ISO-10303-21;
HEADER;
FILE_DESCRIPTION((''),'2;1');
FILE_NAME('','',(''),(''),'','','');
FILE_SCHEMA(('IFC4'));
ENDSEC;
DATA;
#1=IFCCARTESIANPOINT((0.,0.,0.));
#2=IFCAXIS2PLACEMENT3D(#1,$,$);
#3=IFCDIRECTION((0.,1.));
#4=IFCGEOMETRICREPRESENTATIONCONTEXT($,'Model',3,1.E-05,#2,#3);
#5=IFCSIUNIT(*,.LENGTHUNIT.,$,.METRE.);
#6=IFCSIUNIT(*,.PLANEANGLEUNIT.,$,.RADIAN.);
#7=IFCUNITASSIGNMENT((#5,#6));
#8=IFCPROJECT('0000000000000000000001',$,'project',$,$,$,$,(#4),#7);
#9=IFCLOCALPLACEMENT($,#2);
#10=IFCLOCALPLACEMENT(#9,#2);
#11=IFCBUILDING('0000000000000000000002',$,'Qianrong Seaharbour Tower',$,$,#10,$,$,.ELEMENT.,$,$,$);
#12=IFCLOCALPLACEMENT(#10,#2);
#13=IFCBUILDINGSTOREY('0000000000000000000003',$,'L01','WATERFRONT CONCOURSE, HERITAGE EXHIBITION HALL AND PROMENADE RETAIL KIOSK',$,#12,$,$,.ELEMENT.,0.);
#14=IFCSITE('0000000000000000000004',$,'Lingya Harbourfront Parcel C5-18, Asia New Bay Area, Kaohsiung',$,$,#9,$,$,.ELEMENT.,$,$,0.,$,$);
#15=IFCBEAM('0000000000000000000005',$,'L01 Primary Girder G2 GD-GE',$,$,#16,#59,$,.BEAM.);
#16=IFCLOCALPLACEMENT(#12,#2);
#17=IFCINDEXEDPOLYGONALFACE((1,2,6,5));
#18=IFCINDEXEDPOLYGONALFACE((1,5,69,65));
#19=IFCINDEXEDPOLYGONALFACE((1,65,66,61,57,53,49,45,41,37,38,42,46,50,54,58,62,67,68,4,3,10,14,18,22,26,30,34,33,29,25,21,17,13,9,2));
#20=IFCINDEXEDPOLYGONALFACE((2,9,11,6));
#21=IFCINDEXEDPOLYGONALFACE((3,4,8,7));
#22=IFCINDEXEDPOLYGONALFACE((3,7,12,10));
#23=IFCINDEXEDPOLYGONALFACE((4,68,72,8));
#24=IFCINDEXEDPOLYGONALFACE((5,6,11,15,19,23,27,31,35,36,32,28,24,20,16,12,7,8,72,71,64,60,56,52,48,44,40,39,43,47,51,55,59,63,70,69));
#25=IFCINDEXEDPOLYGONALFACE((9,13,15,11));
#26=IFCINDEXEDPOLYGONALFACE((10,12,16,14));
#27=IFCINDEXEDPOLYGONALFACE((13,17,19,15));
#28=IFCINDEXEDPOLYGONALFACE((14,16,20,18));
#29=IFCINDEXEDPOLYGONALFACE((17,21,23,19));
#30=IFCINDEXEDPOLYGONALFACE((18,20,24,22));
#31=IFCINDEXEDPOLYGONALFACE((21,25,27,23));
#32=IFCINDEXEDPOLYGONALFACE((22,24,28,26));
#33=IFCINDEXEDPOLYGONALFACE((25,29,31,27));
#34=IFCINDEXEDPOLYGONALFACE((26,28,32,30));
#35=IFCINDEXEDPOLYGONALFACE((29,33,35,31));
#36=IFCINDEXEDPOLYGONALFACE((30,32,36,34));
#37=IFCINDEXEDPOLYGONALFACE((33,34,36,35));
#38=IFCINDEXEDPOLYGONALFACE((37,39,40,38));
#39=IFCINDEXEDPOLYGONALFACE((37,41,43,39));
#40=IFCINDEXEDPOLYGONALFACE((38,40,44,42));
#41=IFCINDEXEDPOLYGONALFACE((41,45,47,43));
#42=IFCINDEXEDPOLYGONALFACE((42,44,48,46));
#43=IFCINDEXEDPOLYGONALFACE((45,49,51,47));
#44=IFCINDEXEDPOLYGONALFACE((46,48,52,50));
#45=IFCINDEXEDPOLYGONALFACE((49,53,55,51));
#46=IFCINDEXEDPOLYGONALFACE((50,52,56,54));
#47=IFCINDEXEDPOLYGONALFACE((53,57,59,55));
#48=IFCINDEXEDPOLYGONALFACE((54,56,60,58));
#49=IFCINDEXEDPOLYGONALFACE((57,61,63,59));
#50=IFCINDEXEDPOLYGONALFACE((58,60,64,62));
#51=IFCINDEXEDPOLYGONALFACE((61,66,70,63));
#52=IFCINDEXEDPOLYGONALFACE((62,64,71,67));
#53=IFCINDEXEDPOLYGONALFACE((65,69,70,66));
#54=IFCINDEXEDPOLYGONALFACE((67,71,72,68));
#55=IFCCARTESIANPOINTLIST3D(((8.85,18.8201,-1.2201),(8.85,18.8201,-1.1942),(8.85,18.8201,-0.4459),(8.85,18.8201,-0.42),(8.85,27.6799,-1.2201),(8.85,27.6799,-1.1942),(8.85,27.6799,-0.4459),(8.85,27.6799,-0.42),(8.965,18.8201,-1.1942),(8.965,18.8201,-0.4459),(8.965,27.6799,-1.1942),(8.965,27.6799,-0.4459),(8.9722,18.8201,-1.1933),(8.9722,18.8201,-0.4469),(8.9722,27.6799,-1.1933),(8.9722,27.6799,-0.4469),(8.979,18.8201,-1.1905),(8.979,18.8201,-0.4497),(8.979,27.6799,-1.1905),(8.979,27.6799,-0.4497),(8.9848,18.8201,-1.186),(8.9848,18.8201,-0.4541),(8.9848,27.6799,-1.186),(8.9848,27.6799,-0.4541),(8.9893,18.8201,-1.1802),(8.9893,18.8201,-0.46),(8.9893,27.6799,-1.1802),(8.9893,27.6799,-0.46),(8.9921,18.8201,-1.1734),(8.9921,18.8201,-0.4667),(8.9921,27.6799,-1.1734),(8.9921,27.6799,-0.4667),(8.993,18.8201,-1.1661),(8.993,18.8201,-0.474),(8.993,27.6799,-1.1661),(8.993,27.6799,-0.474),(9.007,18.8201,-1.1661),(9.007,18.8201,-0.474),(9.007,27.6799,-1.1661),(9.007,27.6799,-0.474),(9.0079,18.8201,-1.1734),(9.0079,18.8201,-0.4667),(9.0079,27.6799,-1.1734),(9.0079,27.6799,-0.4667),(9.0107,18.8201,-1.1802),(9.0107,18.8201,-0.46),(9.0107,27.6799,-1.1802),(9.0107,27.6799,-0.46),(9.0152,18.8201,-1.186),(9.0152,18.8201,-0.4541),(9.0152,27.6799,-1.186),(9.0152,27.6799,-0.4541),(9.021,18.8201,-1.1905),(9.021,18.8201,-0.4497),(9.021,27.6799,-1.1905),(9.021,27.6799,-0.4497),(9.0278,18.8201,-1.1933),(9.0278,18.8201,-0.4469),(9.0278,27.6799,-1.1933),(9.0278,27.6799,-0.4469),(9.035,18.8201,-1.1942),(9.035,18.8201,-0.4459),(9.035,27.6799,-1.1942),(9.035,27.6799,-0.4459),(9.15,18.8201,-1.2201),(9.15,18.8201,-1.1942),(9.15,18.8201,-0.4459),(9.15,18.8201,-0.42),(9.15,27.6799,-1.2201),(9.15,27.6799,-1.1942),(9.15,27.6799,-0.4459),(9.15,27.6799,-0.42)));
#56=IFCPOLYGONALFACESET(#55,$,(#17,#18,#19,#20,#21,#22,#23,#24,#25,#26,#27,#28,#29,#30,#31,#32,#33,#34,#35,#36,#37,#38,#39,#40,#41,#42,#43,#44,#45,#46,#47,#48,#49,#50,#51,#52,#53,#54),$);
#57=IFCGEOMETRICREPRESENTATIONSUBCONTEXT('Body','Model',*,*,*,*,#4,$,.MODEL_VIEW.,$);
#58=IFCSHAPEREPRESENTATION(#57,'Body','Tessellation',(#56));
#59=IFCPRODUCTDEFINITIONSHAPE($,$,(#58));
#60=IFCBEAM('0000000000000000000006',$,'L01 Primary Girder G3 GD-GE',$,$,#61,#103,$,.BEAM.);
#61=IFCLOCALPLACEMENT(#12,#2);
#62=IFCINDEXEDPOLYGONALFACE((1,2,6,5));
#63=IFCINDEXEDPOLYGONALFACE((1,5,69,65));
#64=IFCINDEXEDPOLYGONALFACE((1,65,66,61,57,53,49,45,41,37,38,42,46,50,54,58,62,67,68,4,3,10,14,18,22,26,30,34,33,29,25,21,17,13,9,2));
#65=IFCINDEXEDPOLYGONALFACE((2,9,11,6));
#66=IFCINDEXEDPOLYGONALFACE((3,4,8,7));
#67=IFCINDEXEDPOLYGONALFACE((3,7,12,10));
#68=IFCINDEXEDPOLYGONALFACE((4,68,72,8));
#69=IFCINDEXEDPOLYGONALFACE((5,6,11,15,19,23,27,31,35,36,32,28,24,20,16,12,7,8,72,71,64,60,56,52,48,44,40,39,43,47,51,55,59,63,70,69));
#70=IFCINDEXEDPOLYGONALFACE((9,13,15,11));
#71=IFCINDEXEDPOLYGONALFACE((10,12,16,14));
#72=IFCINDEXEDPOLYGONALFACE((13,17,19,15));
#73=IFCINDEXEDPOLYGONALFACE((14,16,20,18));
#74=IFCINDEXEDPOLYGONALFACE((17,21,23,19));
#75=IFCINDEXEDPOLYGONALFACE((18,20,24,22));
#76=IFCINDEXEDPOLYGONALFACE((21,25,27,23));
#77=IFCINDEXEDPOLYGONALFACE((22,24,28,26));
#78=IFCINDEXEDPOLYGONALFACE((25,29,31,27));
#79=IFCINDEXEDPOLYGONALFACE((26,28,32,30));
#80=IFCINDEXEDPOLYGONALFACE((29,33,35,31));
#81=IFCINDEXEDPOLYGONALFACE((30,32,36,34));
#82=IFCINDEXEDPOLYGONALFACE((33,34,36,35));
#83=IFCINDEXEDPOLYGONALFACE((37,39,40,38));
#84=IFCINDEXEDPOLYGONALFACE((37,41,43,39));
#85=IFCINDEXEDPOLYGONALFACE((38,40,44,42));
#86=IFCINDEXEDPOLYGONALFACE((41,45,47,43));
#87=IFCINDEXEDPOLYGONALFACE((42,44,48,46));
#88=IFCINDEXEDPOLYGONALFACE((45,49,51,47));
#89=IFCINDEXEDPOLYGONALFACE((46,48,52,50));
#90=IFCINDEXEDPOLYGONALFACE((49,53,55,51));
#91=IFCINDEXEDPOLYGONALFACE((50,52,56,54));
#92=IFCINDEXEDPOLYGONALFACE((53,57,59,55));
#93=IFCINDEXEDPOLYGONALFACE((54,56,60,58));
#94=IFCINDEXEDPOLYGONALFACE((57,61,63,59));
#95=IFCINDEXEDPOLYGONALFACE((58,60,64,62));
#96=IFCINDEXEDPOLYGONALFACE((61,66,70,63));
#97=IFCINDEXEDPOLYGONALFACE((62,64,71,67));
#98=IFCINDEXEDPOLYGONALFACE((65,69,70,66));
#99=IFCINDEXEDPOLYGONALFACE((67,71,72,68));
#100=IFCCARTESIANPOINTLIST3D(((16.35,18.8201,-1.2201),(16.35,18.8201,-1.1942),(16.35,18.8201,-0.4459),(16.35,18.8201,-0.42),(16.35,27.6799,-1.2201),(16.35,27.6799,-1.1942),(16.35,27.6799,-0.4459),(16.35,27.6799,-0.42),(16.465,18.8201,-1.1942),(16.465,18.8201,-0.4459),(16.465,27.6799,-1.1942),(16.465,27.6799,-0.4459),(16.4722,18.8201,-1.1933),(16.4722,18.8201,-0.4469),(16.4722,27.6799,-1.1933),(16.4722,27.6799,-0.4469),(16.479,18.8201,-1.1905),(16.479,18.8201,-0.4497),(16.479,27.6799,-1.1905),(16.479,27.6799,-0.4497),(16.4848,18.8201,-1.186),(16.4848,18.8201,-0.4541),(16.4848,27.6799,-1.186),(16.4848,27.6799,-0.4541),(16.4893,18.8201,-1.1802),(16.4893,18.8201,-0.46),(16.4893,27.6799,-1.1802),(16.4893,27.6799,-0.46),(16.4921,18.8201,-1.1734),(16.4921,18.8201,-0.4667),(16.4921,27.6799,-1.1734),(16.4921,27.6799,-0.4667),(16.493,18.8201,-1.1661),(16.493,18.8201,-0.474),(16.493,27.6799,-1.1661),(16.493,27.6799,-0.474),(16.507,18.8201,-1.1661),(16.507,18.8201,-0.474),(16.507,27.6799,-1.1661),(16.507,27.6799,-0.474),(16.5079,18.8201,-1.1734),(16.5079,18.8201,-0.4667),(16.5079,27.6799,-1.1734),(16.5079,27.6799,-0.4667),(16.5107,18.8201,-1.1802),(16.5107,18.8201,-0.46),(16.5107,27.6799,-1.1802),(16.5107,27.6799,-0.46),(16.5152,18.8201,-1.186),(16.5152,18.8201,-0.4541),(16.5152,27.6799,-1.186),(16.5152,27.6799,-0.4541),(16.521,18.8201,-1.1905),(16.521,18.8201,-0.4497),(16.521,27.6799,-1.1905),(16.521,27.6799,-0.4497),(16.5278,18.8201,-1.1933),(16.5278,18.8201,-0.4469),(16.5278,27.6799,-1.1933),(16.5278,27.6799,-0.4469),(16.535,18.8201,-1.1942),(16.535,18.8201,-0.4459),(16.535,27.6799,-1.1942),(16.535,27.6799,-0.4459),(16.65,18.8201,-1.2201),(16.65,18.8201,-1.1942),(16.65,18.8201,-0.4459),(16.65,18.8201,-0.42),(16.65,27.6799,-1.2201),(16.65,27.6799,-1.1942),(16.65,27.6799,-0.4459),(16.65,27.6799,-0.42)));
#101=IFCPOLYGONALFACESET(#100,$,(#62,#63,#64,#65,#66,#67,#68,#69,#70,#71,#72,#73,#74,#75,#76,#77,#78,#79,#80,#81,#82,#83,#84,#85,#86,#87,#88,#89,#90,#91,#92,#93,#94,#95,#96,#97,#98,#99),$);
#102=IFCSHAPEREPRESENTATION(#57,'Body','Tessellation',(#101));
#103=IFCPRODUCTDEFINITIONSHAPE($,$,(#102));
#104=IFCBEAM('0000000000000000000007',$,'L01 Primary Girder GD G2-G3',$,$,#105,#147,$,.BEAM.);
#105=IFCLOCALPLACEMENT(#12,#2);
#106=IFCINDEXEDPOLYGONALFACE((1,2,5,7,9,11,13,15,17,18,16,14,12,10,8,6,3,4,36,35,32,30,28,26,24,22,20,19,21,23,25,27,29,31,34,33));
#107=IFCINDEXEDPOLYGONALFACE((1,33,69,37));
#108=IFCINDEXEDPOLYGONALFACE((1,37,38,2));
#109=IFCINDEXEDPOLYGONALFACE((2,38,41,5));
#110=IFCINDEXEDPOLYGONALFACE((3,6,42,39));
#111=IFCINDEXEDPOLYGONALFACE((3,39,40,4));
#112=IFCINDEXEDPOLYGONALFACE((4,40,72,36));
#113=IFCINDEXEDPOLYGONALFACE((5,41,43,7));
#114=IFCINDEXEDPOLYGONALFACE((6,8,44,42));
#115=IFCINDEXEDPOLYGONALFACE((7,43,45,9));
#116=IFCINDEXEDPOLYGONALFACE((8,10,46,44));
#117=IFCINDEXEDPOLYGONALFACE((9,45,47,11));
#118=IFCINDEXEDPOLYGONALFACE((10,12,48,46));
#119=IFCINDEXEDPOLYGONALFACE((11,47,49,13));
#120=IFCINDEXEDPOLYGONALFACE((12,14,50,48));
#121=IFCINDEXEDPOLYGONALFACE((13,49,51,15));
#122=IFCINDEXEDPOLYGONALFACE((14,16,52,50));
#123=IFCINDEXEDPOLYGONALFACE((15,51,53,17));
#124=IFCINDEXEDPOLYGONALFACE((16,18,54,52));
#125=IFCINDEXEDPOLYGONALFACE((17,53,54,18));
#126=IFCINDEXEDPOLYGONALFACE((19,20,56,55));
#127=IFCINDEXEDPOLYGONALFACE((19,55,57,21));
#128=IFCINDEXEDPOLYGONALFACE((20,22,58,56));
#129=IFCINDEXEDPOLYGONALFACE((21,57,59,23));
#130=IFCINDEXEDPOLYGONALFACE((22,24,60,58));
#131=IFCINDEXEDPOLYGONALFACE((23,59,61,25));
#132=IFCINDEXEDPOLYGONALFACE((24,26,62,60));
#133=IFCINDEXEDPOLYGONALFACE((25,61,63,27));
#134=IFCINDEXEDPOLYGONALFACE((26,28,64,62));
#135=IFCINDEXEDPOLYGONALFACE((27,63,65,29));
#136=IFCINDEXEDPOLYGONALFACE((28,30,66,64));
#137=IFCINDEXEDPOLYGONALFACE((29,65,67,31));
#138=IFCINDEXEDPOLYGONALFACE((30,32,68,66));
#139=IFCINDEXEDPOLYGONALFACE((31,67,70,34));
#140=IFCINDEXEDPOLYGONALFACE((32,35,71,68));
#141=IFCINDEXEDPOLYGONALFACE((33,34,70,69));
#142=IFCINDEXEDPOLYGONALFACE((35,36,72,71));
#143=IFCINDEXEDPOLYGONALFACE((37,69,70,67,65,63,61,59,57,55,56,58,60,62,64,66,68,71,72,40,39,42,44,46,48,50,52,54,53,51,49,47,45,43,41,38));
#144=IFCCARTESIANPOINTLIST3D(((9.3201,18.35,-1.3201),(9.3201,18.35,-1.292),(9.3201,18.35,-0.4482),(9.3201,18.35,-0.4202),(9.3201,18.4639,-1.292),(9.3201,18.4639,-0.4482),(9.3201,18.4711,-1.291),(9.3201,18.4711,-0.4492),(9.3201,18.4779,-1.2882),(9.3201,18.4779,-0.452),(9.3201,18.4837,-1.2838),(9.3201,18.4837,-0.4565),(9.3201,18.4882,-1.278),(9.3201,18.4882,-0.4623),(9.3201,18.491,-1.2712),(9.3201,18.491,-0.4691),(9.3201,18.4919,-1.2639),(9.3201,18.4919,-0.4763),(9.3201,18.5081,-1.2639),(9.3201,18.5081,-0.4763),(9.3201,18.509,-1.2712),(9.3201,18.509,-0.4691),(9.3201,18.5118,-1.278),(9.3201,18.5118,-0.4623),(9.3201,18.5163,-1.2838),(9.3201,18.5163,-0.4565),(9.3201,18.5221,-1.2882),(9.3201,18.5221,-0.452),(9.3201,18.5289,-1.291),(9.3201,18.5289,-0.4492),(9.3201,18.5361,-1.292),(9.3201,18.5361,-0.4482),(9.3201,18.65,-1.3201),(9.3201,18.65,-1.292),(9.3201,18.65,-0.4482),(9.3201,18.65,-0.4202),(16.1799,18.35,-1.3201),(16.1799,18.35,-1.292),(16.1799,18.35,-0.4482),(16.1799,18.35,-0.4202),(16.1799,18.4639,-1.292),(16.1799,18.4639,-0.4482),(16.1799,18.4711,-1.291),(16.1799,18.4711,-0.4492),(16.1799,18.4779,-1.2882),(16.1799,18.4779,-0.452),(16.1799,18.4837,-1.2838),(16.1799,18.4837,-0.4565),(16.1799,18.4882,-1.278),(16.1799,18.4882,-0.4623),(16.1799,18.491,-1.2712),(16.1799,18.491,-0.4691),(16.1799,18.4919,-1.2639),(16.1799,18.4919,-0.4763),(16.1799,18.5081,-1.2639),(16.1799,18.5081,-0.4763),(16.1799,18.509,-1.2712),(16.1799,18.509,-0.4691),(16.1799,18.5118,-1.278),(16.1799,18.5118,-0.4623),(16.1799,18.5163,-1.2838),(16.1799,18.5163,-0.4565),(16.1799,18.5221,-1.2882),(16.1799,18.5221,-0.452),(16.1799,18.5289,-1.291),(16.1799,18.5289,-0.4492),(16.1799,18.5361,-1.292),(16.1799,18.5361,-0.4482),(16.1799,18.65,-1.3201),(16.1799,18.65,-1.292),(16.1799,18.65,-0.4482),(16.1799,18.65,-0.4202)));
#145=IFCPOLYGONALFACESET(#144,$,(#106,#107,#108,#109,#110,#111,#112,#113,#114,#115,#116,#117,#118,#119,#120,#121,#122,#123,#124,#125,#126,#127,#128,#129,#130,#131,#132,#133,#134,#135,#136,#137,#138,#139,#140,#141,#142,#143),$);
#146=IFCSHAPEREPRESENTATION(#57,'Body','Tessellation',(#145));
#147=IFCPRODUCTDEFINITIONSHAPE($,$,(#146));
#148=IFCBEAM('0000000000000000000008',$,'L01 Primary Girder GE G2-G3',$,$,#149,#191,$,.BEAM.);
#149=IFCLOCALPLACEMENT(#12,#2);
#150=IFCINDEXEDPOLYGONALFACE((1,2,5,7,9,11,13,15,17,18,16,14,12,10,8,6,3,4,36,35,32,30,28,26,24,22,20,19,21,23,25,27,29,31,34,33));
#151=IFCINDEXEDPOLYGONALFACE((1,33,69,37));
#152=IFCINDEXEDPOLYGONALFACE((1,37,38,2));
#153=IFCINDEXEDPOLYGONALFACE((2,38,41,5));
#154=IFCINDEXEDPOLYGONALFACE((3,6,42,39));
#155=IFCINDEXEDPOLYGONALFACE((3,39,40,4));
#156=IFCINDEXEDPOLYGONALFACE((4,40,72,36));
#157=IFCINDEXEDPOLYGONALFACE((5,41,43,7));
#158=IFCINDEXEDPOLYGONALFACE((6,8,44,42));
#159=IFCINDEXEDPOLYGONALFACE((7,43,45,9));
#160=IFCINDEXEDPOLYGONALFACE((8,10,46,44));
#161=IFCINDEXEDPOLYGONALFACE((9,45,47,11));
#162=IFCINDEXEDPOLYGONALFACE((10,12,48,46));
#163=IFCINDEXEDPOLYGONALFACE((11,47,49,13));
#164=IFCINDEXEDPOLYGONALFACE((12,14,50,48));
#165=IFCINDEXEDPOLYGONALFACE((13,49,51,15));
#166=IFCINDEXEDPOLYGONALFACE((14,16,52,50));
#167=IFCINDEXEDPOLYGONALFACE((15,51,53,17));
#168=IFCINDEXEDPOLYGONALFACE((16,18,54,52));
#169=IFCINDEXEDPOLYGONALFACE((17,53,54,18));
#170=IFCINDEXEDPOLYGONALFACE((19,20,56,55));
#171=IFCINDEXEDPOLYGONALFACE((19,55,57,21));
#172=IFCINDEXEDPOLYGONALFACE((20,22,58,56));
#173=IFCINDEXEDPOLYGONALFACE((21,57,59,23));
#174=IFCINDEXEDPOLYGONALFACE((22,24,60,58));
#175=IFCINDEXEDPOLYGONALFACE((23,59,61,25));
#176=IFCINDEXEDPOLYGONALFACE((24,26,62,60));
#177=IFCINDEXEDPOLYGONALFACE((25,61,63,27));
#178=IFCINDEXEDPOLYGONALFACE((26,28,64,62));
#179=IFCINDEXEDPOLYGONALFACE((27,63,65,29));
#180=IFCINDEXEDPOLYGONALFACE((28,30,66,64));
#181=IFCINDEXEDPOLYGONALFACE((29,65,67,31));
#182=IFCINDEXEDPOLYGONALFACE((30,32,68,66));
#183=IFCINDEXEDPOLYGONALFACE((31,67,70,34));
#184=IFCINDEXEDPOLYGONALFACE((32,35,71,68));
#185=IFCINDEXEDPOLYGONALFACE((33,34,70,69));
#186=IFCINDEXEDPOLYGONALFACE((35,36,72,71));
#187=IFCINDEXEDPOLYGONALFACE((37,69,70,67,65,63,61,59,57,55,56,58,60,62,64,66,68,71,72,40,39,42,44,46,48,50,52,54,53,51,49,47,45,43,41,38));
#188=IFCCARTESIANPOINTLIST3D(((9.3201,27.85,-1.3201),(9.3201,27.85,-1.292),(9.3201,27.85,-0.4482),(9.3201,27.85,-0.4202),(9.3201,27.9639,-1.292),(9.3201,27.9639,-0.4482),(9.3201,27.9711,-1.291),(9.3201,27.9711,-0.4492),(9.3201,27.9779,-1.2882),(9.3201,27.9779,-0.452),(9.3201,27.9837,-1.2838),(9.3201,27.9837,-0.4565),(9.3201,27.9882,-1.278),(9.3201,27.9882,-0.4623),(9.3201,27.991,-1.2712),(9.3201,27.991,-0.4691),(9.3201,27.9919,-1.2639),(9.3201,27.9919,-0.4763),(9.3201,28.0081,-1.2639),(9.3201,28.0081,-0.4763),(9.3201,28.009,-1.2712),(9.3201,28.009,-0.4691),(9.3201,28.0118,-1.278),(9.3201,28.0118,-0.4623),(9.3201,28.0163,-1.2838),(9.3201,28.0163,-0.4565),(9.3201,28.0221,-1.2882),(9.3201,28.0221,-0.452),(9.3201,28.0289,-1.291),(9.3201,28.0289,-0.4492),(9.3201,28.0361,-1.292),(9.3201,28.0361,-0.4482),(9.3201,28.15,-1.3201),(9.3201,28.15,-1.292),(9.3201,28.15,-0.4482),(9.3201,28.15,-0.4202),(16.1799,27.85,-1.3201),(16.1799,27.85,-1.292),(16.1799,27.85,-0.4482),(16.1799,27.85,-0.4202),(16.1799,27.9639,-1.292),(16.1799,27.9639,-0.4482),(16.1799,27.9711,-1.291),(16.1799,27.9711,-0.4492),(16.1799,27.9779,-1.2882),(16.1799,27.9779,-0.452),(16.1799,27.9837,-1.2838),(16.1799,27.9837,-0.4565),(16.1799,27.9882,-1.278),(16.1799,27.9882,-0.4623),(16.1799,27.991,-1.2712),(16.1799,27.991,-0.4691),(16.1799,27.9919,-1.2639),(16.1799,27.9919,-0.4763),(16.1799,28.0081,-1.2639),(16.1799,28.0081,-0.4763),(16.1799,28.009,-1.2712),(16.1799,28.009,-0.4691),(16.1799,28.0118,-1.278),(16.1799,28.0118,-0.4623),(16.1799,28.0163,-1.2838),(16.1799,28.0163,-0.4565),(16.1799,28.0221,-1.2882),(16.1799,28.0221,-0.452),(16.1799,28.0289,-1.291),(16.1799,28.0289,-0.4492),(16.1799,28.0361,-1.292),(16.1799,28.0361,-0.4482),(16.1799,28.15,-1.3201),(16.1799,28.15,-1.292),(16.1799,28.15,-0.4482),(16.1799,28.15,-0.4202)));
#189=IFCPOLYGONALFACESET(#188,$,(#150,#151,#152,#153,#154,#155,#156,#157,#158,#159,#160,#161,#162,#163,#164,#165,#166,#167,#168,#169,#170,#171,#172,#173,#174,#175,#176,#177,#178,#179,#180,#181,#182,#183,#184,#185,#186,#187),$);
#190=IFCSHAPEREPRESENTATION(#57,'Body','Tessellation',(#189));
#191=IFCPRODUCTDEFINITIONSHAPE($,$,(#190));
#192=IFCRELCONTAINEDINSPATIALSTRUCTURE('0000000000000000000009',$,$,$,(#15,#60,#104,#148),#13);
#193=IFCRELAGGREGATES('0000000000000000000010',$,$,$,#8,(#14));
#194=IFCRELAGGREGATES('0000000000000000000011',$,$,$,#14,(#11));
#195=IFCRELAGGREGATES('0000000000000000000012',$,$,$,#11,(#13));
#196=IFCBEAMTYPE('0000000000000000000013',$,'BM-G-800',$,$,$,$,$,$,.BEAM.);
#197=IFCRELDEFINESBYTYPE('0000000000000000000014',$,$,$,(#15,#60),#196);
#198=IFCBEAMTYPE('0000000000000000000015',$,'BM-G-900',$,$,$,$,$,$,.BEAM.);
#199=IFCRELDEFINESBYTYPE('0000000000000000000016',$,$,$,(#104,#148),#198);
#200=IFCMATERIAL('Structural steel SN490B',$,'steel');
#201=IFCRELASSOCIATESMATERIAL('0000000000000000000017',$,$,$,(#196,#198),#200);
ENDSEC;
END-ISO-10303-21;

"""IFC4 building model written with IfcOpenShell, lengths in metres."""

from ifc_helpers import new_model, si_unit, direction, frame, origin, origin_2d, place, context, subcontext, project, spatial, i_section, extrude, material, material_profile, profile_set, type_object, element, save


model = new_model("IFC4")

# Units and contexts
model_context = context("Model", 3, precision=1e-05, world=origin(), true_north=direction((0.0, 1.0)))
body_context = subcontext(model_context, "Body", "Model", "MODEL_VIEW")
ifc_project = project(units=[si_unit("LENGTHUNIT", "METRE"), si_unit("PLANEANGLEUNIT", "RADIAN")], contexts=[model_context])

# Site, building, storey
site_placement = place(None, origin())
site = spatial("IfcSite", under=ifc_project, at=site_placement, Name="Lingya Harbourfront Parcel C5-18, Asia New Bay Area, Kaohsiung", CompositionType="ELEMENT", RefElevation=0.0)
building_placement = place(site_placement, origin())
building = spatial("IfcBuilding", under=site, at=building_placement, Name="Qianrong Seaharbour Tower", CompositionType="ELEMENT")
storey_placement = place(building_placement, origin())
storey = spatial("IfcBuildingStorey", under=building, at=storey_placement, Name="L01", Description="WATERFRONT CONCOURSE, HERITAGE EXHIBITION HALL AND PROMENADE RETAIL KIOSK", CompositionType="ELEMENT", Elevation=0.0)

# Shared definitions
ifc_material_1 = material(Name="Structural steel SN490B", Category="steel")

# Beams
ifc_material_profile_1 = material_profile(ifc_material_1, i_section(OverallWidth=0.3, OverallDepth=0.8, WebThickness=0.0139, FlangeThickness=0.0259, FilletRadius=0.0281, at=origin_2d()), Name="H800x300x14x26")
ifc_profile_set_1 = profile_set([ifc_material_profile_1], Name="Structural steel SN490B")
beam_type_1 = type_object("IfcBeamType", Name="BM-G-800", PredefinedType="BEAM", material=ifc_profile_set_1)
for number, where, z_axis, x_axis, name in (
    (1, (9.0, 18.8201, -0.8201), (0.0, 1.0, 0.0), (-1.0, 0.0, 0.0), "L01 Primary Girder G2 GD-GE"),
    (2, (16.5, 18.8201, -0.8201), (0.0, 1.0, 0.0), (-1.0, 0.0, 0.0), "L01 Primary Girder G3 GD-GE"),
):
    element("IfcBeam", number, at=place(storey_placement, frame(where, z_axis=z_axis, x_axis=x_axis)), inside=storey, type_object=beam_type_1, Name=name, PredefinedType="BEAM", context=body_context, shape_type="SweptSolid", body=[
        extrude(i_section(OverallWidth=0.3, OverallDepth=0.8, WebThickness=0.0139, FlangeThickness=0.0259, FilletRadius=0.0281, at=origin_2d()), origin(), (0.0, 0.0, 1.0), 8.8599),
    ])
ifc_material_profile_2 = material_profile(ifc_material_1, i_section(OverallWidth=0.3, OverallDepth=0.8999, WebThickness=0.0161, FlangeThickness=0.0281, FilletRadius=0.0281, at=origin_2d()), Name="H900x300x16x28")
ifc_profile_set_2 = profile_set([ifc_material_profile_2], Name="Structural steel SN490B")
beam_type_2 = type_object("IfcBeamType", Name="BM-G-900", PredefinedType="BEAM", material=ifc_profile_set_2)
for number, where, z_axis, x_axis, name in (
    (3, (9.3201, 18.5, -0.8701), (1.0, 0.0, 0.0), (0.0, 1.0, 0.0), "L01 Primary Girder GD G2-G3"),
    (4, (9.3201, 28.0, -0.8701), (1.0, 0.0, 0.0), (0.0, 1.0, 0.0), "L01 Primary Girder GE G2-G3"),
):
    element("IfcBeam", number, at=place(storey_placement, frame(where, z_axis=z_axis, x_axis=x_axis)), inside=storey, type_object=beam_type_2, Name=name, PredefinedType="BEAM", context=body_context, shape_type="SweptSolid", body=[
        extrude(i_section(OverallWidth=0.3, OverallDepth=0.8999, WebThickness=0.0161, FlangeThickness=0.0281, FilletRadius=0.0281, at=origin_2d()), origin(), (0.0, 0.0, 1.0), 6.8599),
    ])

save(model, "model.ifc")
